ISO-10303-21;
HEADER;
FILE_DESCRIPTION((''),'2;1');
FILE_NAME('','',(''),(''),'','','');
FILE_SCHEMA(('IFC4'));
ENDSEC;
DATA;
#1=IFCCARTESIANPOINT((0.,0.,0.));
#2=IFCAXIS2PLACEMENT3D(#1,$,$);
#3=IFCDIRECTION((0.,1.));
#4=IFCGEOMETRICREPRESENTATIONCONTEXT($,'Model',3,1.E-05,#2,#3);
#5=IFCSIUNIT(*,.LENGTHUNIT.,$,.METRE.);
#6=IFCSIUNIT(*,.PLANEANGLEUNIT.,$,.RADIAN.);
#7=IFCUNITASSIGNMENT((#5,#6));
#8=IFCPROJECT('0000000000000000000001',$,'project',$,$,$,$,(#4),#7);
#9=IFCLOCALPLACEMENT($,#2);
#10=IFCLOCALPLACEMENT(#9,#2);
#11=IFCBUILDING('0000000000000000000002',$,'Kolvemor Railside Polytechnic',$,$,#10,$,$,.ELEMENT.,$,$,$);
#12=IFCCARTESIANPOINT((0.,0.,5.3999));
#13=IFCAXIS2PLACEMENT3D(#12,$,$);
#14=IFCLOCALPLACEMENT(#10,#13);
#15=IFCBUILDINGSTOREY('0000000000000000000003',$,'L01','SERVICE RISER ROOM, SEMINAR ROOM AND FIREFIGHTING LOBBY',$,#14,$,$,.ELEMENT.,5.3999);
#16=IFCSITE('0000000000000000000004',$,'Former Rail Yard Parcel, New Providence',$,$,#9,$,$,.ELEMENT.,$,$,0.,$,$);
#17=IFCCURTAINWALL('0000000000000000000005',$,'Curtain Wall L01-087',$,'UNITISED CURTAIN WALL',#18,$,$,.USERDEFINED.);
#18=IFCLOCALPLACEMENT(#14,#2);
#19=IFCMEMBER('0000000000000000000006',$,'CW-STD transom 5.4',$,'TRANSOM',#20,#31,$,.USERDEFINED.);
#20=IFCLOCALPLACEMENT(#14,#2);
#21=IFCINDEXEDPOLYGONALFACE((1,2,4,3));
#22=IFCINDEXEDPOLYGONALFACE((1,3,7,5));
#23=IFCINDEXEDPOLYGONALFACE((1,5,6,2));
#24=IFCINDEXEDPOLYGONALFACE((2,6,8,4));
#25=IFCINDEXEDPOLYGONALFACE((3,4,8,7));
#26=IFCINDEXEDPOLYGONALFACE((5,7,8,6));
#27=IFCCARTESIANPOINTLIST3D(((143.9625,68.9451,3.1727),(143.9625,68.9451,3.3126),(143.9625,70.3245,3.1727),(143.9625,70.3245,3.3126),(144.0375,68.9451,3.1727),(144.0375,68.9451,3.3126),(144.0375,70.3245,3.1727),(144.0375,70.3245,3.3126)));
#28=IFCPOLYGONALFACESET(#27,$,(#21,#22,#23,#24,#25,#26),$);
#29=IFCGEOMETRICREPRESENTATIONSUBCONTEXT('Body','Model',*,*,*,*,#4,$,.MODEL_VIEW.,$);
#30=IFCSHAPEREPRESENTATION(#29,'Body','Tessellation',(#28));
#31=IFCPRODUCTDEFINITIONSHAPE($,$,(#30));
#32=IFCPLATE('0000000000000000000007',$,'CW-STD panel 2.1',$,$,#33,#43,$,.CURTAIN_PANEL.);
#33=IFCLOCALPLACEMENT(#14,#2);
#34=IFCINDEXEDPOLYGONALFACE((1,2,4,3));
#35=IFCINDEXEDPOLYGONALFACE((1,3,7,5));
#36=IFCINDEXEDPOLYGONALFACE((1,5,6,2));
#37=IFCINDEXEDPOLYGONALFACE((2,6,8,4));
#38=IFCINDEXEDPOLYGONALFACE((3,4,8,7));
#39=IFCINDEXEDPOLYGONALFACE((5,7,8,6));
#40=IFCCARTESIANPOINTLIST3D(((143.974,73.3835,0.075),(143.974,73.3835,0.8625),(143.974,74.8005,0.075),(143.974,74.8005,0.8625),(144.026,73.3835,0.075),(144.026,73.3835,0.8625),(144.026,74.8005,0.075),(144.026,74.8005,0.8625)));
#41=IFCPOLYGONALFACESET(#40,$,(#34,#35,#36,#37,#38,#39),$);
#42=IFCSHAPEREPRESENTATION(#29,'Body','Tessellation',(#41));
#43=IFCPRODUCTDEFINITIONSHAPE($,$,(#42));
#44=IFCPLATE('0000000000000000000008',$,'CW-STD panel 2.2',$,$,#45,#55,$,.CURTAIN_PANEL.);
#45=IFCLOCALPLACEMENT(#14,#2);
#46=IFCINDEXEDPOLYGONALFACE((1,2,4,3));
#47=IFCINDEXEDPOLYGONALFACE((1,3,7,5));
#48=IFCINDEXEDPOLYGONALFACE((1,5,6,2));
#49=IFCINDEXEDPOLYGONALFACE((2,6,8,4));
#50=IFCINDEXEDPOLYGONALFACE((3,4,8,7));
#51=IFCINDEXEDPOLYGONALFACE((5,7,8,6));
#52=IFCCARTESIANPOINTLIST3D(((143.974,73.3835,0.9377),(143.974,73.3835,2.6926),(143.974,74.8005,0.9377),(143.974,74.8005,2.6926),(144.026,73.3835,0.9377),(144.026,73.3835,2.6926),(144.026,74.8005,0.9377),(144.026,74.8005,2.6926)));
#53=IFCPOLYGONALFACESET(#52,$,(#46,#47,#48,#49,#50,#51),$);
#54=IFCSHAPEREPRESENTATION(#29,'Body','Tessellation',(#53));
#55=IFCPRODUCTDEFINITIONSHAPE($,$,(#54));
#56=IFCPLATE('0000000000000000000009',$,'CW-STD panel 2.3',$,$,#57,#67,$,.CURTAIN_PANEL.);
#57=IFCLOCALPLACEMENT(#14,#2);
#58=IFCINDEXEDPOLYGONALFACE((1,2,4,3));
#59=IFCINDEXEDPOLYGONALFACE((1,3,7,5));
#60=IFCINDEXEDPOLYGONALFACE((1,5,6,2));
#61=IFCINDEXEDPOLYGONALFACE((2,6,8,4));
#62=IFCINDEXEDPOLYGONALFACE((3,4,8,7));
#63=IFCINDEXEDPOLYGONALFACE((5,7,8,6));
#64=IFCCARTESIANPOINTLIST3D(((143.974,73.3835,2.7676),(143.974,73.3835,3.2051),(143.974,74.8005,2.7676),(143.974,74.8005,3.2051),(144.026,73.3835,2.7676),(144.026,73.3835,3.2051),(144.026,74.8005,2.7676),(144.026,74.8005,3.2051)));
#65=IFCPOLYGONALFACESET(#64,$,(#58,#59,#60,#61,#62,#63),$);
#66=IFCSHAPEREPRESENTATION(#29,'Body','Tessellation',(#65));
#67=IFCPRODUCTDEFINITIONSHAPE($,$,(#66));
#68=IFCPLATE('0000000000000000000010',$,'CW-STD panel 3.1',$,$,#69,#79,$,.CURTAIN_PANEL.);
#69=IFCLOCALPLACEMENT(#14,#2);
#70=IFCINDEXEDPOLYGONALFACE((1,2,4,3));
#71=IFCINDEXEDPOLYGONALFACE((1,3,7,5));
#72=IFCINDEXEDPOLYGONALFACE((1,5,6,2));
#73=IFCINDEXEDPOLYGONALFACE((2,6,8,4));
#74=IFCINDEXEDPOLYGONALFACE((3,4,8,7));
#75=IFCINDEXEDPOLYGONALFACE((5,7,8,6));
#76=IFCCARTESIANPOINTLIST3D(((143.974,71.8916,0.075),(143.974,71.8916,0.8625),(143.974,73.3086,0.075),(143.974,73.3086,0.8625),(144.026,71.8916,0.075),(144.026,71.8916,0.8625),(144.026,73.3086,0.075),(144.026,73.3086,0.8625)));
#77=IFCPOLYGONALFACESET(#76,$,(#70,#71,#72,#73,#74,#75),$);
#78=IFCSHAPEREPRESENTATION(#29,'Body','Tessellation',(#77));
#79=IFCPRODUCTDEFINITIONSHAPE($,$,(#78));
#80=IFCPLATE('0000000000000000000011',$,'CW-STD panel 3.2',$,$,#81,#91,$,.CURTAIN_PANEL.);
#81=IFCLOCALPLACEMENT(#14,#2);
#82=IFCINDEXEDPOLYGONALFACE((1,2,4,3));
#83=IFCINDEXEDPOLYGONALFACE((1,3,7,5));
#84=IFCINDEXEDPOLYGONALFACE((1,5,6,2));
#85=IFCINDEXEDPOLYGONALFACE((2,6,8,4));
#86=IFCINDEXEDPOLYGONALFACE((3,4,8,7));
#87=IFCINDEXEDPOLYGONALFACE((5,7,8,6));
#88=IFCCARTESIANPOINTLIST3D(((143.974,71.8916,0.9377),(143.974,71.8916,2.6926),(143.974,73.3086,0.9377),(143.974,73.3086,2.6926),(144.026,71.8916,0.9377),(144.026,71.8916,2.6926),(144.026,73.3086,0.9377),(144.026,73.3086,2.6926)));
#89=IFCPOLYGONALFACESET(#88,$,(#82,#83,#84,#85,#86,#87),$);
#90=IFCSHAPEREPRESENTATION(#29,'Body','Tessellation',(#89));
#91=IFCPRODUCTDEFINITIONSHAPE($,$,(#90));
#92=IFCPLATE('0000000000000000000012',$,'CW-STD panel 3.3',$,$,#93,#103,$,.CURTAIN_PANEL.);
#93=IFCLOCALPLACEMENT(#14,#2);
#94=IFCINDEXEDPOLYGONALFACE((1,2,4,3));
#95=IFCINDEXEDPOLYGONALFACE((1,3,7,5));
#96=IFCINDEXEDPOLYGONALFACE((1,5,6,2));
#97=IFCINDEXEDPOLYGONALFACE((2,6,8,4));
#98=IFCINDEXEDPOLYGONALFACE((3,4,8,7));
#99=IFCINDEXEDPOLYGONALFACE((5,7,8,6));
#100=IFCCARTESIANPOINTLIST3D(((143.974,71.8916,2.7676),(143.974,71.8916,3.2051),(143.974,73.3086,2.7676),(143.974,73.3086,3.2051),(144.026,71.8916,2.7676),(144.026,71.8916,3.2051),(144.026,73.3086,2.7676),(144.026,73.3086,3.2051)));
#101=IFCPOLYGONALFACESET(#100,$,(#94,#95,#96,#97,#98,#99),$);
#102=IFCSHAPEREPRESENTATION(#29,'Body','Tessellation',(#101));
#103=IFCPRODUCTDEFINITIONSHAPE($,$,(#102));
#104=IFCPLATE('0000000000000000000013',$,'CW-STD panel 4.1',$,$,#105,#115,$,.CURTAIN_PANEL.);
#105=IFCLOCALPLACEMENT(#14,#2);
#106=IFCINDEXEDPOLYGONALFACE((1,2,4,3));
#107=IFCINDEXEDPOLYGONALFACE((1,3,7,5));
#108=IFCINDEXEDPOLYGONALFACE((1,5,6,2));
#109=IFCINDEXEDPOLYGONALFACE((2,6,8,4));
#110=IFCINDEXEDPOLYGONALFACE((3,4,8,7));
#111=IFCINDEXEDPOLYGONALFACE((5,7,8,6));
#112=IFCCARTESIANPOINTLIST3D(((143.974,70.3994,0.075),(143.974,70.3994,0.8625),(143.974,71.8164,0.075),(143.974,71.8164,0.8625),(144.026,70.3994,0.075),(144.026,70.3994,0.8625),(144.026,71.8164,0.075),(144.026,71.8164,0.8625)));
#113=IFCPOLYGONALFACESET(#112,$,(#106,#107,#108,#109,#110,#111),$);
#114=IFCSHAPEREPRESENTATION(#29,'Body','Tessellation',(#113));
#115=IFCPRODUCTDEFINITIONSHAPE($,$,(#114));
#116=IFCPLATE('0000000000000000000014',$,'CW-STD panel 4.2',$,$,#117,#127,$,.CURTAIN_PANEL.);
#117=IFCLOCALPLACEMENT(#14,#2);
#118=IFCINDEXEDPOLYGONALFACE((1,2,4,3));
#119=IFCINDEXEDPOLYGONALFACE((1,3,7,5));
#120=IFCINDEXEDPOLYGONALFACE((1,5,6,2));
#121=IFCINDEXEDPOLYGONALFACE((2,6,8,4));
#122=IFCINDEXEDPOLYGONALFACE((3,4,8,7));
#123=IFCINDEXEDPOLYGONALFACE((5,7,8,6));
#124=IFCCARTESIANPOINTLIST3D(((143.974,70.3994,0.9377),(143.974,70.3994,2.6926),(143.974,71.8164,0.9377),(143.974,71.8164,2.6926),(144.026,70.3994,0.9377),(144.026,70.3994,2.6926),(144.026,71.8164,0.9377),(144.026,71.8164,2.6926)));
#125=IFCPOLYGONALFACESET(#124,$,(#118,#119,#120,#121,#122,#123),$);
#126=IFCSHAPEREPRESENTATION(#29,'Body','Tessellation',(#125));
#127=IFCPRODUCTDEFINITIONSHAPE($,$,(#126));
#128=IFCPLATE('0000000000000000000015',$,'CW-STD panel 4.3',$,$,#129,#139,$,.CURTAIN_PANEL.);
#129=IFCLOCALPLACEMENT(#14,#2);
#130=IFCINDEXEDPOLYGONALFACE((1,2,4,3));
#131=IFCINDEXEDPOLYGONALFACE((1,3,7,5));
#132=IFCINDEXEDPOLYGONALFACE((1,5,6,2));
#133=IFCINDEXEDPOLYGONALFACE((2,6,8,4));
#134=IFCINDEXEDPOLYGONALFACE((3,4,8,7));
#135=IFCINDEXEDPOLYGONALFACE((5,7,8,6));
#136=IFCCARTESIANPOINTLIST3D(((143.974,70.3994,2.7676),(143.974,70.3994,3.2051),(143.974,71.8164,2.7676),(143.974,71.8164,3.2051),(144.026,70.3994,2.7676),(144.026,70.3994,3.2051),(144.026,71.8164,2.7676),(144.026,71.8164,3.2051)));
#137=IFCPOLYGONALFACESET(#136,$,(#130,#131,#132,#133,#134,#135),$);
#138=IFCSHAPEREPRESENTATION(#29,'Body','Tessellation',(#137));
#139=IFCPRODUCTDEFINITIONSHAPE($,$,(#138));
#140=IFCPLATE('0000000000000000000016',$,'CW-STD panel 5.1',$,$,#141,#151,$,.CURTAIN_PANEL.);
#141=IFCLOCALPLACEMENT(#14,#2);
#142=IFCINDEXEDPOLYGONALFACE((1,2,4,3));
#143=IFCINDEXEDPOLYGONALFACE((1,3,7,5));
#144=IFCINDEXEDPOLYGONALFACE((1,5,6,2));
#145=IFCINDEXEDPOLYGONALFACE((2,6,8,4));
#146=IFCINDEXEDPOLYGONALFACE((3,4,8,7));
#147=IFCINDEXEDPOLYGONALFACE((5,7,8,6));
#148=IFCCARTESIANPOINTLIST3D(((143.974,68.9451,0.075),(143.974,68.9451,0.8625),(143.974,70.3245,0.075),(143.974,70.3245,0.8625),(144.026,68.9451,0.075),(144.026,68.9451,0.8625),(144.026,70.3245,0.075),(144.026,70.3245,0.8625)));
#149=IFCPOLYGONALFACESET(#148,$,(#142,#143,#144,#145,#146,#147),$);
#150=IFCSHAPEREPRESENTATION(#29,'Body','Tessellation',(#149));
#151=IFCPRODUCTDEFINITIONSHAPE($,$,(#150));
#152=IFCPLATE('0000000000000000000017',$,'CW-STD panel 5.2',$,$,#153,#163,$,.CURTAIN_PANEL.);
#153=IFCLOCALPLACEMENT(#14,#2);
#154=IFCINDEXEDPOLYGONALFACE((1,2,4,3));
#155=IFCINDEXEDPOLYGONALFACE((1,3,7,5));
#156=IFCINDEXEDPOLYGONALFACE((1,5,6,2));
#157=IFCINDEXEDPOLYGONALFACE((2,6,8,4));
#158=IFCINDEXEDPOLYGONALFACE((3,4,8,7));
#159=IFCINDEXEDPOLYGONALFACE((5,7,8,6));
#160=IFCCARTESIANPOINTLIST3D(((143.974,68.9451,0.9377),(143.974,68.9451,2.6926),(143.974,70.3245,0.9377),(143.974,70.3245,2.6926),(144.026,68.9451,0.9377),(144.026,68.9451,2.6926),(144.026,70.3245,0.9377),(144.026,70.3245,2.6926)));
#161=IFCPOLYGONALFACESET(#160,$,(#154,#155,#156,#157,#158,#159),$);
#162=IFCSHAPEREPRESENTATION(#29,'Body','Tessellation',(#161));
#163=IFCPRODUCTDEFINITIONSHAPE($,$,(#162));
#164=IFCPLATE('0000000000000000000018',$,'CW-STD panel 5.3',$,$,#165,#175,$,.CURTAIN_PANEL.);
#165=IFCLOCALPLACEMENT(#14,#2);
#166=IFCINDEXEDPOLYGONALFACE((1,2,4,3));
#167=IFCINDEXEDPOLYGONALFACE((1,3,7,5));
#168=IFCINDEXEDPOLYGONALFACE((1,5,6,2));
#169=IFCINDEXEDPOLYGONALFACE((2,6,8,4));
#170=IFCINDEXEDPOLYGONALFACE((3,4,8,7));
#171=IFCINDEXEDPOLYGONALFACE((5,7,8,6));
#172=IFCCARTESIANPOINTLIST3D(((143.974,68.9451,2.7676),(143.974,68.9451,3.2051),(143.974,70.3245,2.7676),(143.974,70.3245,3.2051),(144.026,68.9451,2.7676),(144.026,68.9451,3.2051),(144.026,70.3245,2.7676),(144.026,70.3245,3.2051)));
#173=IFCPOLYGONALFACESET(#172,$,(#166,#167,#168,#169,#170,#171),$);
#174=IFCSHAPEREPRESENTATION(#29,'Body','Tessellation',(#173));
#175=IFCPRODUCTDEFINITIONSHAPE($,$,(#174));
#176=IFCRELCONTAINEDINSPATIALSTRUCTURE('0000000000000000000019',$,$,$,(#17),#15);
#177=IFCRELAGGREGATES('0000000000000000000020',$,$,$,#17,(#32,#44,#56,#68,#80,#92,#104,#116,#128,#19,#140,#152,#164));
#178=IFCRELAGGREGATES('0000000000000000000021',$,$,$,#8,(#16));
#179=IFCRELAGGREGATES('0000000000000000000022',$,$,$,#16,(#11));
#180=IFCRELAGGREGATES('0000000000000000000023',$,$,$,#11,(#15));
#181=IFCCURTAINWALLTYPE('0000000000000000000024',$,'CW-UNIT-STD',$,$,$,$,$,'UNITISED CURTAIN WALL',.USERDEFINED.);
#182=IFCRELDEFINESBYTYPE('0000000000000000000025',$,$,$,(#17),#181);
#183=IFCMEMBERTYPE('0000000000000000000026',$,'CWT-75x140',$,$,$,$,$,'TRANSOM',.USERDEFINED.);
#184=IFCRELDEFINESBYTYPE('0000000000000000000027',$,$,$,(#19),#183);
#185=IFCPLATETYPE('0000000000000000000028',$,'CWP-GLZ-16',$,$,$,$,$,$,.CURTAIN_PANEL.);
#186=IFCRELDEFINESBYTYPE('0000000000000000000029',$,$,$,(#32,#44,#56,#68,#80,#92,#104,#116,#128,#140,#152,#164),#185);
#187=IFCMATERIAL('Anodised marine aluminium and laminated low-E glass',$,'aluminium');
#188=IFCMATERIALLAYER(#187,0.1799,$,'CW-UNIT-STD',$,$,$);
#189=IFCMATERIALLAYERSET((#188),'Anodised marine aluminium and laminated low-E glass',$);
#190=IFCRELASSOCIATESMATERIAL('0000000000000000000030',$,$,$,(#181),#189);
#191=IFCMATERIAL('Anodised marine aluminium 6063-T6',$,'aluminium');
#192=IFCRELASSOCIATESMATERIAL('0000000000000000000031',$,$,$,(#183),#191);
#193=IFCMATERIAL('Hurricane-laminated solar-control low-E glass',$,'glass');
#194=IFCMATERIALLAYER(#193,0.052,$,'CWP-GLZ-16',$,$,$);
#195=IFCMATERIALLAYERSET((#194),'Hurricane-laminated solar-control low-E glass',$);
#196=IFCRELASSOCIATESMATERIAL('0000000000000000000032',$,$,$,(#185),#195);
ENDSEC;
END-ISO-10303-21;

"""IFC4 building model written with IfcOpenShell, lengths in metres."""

from ifc_helpers import new_model, si_unit, direction, frame, origin, origin_2d, place, context, subcontext, project, spatial, rectangle, extrude, material, layer, layer_set, material_profile, profile_set, type_object, element, aggregate, save


model = new_model("IFC4")

# Units and contexts
model_context = context("Model", 3, precision=1e-05, world=origin(), true_north=direction((0.0, 1.0)))
body_context = subcontext(model_context, "Body", "Model", "MODEL_VIEW")
ifc_project = project(units=[si_unit("LENGTHUNIT", "METRE"), si_unit("PLANEANGLEUNIT", "RADIAN")], contexts=[model_context])

# Site, building, storey
site_placement = place(None, origin())
site = spatial("IfcSite", under=ifc_project, at=site_placement, Name="Former Rail Yard Parcel, New Providence", CompositionType="ELEMENT", RefElevation=0.0)
building_placement = place(site_placement, origin())
building = spatial("IfcBuilding", under=site, at=building_placement, Name="Kolvemor Railside Polytechnic", CompositionType="ELEMENT")
storey_placement = place(building_placement, frame((0.0, 0.0, 5.3999)))
storey = spatial("IfcBuildingStorey", under=building, at=storey_placement, Name="L01", Description="SERVICE RISER ROOM, SEMINAR ROOM AND FIREFIGHTING LOBBY", CompositionType="ELEMENT", Elevation=5.3999)

# Curtain wall, member, plates
ifc_material_1 = material(Name="Anodised marine aluminium and laminated low-E glass", Category="aluminium")
ifc_layer_1 = layer(ifc_material_1, 0.1799, Name="CW-UNIT-STD")
ifc_layer_set_1 = layer_set([ifc_layer_1], Name="Anodised marine aluminium and laminated low-E glass")
curtain_wall_type = type_object("IfcCurtainWallType", Name="CW-UNIT-STD", ElementType="UNITISED CURTAIN WALL", PredefinedType="USERDEFINED", material=ifc_layer_set_1)
curtain_wall_placement = place(storey_placement, origin())
curtain_wall = element("IfcCurtainWall", 1, at=curtain_wall_placement, inside=storey, type_object=curtain_wall_type, Name="Curtain Wall L01-087", ObjectType="UNITISED CURTAIN WALL", PredefinedType="USERDEFINED")
ifc_material_2 = material(Name="Anodised marine aluminium 6063-T6", Category="aluminium")
ifc_material_profile_1 = material_profile(ifc_material_2, rectangle(XDim=0.075, YDim=0.1399, at=origin_2d()), Name="CW-TRN-75x140")
ifc_profile_set_1 = profile_set([ifc_material_profile_1], Name="Anodised marine aluminium 6063-T6")
member_type_1 = type_object("IfcMemberType", Name="CWT-75x140", ElementType="TRANSOM", PredefinedType="USERDEFINED", material=ifc_profile_set_1)
member_1_placement = place(storey_placement, frame((144.0, 70.3245, 3.2427), z_axis=(0.0, -1.0, 0.0), x_axis=(1.0, 0.0, 0.0)))
member_1 = element("IfcMember", 2, at=member_1_placement, type_object=member_type_1, Name="CW-STD transom 5.4", ObjectType="TRANSOM", PredefinedType="USERDEFINED", context=body_context, shape_type="SweptSolid", body=[
    extrude(rectangle(XDim=0.075, YDim=0.1399, at=origin_2d()), origin(), (0.0, 0.0, 1.0), 1.3794),
])
ifc_material_3 = material(Name="Hurricane-laminated solar-control low-E glass", Category="glass")
ifc_layer_2 = layer(ifc_material_3, 0.052, Name="CWP-GLZ-16")
ifc_layer_set_2 = layer_set([ifc_layer_2], Name="Hurricane-laminated solar-control low-E glass")
plate_type = type_object("IfcPlateType", Name="CWP-GLZ-16", PredefinedType="CURTAIN_PANEL", material=ifc_layer_set_2)
plate_1_placement = place(storey_placement, frame((144.0, 74.092, 0.075), z_axis=(0.0, 0.0, 1.0), x_axis=(0.0, -1.0, 0.0)))
plate_1 = element("IfcPlate", 3, at=plate_1_placement, type_object=plate_type, Name="CW-STD panel 2.1", PredefinedType="CURTAIN_PANEL", context=body_context, shape_type="SweptSolid", body=[
    extrude(rectangle(XDim=1.417, YDim=0.052, at=origin_2d()), origin(), (0.0, 0.0, 1.0), 0.7876),
])
plate_2_placement = place(storey_placement, frame((144.0, 74.092, 0.9377), z_axis=(0.0, 0.0, 1.0), x_axis=(0.0, -1.0, 0.0)))
plate_2 = element("IfcPlate", 4, at=plate_2_placement, type_object=plate_type, Name="CW-STD panel 2.2", PredefinedType="CURTAIN_PANEL", context=body_context, shape_type="SweptSolid", body=[
    extrude(rectangle(XDim=1.417, YDim=0.052, at=origin_2d()), origin(), (0.0, 0.0, 1.0), 1.7549),
])
plate_3_placement = place(storey_placement, frame((144.0, 74.092, 2.7676), z_axis=(0.0, 0.0, 1.0), x_axis=(0.0, -1.0, 0.0)))
plate_3 = element("IfcPlate", 5, at=plate_3_placement, type_object=plate_type, Name="CW-STD panel 2.3", PredefinedType="CURTAIN_PANEL", context=body_context, shape_type="SweptSolid", body=[
    extrude(rectangle(XDim=1.417, YDim=0.052, at=origin_2d()), origin(), (0.0, 0.0, 1.0), 0.4375),
])
plate_4_placement = place(storey_placement, frame((144.0, 72.6001, 0.075), z_axis=(0.0, 0.0, 1.0), x_axis=(0.0, -1.0, 0.0)))
plate_4 = element("IfcPlate", 6, at=plate_4_placement, type_object=plate_type, Name="CW-STD panel 3.1", PredefinedType="CURTAIN_PANEL", context=body_context, shape_type="SweptSolid", body=[
    extrude(rectangle(XDim=1.417, YDim=0.052, at=origin_2d()), origin(), (0.0, 0.0, 1.0), 0.7876),
])
plate_5_placement = place(storey_placement, frame((144.0, 72.6001, 0.9377), z_axis=(0.0, 0.0, 1.0), x_axis=(0.0, -1.0, 0.0)))
plate_5 = element("IfcPlate", 7, at=plate_5_placement, type_object=plate_type, Name="CW-STD panel 3.2", PredefinedType="CURTAIN_PANEL", context=body_context, shape_type="SweptSolid", body=[
    extrude(rectangle(XDim=1.417, YDim=0.052, at=origin_2d()), origin(), (0.0, 0.0, 1.0), 1.7549),
])
plate_6_placement = place(storey_placement, frame((144.0, 72.6001, 2.7676), z_axis=(0.0, 0.0, 1.0), x_axis=(0.0, -1.0, 0.0)))
plate_6 = element("IfcPlate", 8, at=plate_6_placement, type_object=plate_type, Name="CW-STD panel 3.3", PredefinedType="CURTAIN_PANEL", context=body_context, shape_type="SweptSolid", body=[
    extrude(rectangle(XDim=1.417, YDim=0.052, at=origin_2d()), origin(), (0.0, 0.0, 1.0), 0.4375),
])
plate_7_placement = place(storey_placement, frame((144.0, 71.1079, 0.075), z_axis=(0.0, 0.0, 1.0), x_axis=(0.0, -1.0, 0.0)))
plate_7 = element("IfcPlate", 9, at=plate_7_placement, type_object=plate_type, Name="CW-STD panel 4.1", PredefinedType="CURTAIN_PANEL", context=body_context, shape_type="SweptSolid", body=[
    extrude(rectangle(XDim=1.417, YDim=0.052, at=origin_2d()), origin(), (0.0, 0.0, 1.0), 0.7876),
])
plate_8_placement = place(storey_placement, frame((144.0, 71.1079, 0.9377), z_axis=(0.0, 0.0, 1.0), x_axis=(0.0, -1.0, 0.0)))
plate_8 = element("IfcPlate", 10, at=plate_8_placement, type_object=plate_type, Name="CW-STD panel 4.2", PredefinedType="CURTAIN_PANEL", context=body_context, shape_type="SweptSolid", body=[
    extrude(rectangle(XDim=1.417, YDim=0.052, at=origin_2d()), origin(), (0.0, 0.0, 1.0), 1.7549),
])
plate_9_placement = place(storey_placement, frame((144.0, 71.1079, 2.7676), z_axis=(0.0, 0.0, 1.0), x_axis=(0.0, -1.0, 0.0)))
plate_9 = element("IfcPlate", 11, at=plate_9_placement, type_object=plate_type, Name="CW-STD panel 4.3", PredefinedType="CURTAIN_PANEL", context=body_context, shape_type="SweptSolid", body=[
    extrude(rectangle(XDim=1.417, YDim=0.052, at=origin_2d()), origin(), (0.0, 0.0, 1.0), 0.4375),
])
plate_10_placement = place(storey_placement, frame((144.0, 69.6348, 0.075), z_axis=(0.0, 0.0, 1.0), x_axis=(0.0, -1.0, 0.0)))
plate_10 = element("IfcPlate", 12, at=plate_10_placement, type_object=plate_type, Name="CW-STD panel 5.1", PredefinedType="CURTAIN_PANEL", context=body_context, shape_type="SweptSolid", body=[
    extrude(rectangle(XDim=1.3794, YDim=0.052, at=origin_2d()), origin(), (0.0, 0.0, 1.0), 0.7876),
])
plate_11_placement = place(storey_placement, frame((144.0, 69.6348, 0.9377), z_axis=(0.0, 0.0, 1.0), x_axis=(0.0, -1.0, 0.0)))
plate_11 = element("IfcPlate", 13, at=plate_11_placement, type_object=plate_type, Name="CW-STD panel 5.2", PredefinedType="CURTAIN_PANEL", context=body_context, shape_type="SweptSolid", body=[
    extrude(rectangle(XDim=1.3794, YDim=0.052, at=origin_2d()), origin(), (0.0, 0.0, 1.0), 1.7549),
])
plate_12_placement = place(storey_placement, frame((144.0, 69.6348, 2.7676), z_axis=(0.0, 0.0, 1.0), x_axis=(0.0, -1.0, 0.0)))
plate_12 = element("IfcPlate", 14, at=plate_12_placement, type_object=plate_type, Name="CW-STD panel 5.3", PredefinedType="CURTAIN_PANEL", context=body_context, shape_type="SweptSolid", body=[
    extrude(rectangle(XDim=1.3794, YDim=0.052, at=origin_2d()), origin(), (0.0, 0.0, 1.0), 0.4375),
])
aggregate(curtain_wall, [plate_1, plate_2, plate_3, plate_4, plate_5, plate_6, plate_7, plate_8, plate_9, member_1, plate_10, plate_11, plate_12])

save(model, "model.ifc")
